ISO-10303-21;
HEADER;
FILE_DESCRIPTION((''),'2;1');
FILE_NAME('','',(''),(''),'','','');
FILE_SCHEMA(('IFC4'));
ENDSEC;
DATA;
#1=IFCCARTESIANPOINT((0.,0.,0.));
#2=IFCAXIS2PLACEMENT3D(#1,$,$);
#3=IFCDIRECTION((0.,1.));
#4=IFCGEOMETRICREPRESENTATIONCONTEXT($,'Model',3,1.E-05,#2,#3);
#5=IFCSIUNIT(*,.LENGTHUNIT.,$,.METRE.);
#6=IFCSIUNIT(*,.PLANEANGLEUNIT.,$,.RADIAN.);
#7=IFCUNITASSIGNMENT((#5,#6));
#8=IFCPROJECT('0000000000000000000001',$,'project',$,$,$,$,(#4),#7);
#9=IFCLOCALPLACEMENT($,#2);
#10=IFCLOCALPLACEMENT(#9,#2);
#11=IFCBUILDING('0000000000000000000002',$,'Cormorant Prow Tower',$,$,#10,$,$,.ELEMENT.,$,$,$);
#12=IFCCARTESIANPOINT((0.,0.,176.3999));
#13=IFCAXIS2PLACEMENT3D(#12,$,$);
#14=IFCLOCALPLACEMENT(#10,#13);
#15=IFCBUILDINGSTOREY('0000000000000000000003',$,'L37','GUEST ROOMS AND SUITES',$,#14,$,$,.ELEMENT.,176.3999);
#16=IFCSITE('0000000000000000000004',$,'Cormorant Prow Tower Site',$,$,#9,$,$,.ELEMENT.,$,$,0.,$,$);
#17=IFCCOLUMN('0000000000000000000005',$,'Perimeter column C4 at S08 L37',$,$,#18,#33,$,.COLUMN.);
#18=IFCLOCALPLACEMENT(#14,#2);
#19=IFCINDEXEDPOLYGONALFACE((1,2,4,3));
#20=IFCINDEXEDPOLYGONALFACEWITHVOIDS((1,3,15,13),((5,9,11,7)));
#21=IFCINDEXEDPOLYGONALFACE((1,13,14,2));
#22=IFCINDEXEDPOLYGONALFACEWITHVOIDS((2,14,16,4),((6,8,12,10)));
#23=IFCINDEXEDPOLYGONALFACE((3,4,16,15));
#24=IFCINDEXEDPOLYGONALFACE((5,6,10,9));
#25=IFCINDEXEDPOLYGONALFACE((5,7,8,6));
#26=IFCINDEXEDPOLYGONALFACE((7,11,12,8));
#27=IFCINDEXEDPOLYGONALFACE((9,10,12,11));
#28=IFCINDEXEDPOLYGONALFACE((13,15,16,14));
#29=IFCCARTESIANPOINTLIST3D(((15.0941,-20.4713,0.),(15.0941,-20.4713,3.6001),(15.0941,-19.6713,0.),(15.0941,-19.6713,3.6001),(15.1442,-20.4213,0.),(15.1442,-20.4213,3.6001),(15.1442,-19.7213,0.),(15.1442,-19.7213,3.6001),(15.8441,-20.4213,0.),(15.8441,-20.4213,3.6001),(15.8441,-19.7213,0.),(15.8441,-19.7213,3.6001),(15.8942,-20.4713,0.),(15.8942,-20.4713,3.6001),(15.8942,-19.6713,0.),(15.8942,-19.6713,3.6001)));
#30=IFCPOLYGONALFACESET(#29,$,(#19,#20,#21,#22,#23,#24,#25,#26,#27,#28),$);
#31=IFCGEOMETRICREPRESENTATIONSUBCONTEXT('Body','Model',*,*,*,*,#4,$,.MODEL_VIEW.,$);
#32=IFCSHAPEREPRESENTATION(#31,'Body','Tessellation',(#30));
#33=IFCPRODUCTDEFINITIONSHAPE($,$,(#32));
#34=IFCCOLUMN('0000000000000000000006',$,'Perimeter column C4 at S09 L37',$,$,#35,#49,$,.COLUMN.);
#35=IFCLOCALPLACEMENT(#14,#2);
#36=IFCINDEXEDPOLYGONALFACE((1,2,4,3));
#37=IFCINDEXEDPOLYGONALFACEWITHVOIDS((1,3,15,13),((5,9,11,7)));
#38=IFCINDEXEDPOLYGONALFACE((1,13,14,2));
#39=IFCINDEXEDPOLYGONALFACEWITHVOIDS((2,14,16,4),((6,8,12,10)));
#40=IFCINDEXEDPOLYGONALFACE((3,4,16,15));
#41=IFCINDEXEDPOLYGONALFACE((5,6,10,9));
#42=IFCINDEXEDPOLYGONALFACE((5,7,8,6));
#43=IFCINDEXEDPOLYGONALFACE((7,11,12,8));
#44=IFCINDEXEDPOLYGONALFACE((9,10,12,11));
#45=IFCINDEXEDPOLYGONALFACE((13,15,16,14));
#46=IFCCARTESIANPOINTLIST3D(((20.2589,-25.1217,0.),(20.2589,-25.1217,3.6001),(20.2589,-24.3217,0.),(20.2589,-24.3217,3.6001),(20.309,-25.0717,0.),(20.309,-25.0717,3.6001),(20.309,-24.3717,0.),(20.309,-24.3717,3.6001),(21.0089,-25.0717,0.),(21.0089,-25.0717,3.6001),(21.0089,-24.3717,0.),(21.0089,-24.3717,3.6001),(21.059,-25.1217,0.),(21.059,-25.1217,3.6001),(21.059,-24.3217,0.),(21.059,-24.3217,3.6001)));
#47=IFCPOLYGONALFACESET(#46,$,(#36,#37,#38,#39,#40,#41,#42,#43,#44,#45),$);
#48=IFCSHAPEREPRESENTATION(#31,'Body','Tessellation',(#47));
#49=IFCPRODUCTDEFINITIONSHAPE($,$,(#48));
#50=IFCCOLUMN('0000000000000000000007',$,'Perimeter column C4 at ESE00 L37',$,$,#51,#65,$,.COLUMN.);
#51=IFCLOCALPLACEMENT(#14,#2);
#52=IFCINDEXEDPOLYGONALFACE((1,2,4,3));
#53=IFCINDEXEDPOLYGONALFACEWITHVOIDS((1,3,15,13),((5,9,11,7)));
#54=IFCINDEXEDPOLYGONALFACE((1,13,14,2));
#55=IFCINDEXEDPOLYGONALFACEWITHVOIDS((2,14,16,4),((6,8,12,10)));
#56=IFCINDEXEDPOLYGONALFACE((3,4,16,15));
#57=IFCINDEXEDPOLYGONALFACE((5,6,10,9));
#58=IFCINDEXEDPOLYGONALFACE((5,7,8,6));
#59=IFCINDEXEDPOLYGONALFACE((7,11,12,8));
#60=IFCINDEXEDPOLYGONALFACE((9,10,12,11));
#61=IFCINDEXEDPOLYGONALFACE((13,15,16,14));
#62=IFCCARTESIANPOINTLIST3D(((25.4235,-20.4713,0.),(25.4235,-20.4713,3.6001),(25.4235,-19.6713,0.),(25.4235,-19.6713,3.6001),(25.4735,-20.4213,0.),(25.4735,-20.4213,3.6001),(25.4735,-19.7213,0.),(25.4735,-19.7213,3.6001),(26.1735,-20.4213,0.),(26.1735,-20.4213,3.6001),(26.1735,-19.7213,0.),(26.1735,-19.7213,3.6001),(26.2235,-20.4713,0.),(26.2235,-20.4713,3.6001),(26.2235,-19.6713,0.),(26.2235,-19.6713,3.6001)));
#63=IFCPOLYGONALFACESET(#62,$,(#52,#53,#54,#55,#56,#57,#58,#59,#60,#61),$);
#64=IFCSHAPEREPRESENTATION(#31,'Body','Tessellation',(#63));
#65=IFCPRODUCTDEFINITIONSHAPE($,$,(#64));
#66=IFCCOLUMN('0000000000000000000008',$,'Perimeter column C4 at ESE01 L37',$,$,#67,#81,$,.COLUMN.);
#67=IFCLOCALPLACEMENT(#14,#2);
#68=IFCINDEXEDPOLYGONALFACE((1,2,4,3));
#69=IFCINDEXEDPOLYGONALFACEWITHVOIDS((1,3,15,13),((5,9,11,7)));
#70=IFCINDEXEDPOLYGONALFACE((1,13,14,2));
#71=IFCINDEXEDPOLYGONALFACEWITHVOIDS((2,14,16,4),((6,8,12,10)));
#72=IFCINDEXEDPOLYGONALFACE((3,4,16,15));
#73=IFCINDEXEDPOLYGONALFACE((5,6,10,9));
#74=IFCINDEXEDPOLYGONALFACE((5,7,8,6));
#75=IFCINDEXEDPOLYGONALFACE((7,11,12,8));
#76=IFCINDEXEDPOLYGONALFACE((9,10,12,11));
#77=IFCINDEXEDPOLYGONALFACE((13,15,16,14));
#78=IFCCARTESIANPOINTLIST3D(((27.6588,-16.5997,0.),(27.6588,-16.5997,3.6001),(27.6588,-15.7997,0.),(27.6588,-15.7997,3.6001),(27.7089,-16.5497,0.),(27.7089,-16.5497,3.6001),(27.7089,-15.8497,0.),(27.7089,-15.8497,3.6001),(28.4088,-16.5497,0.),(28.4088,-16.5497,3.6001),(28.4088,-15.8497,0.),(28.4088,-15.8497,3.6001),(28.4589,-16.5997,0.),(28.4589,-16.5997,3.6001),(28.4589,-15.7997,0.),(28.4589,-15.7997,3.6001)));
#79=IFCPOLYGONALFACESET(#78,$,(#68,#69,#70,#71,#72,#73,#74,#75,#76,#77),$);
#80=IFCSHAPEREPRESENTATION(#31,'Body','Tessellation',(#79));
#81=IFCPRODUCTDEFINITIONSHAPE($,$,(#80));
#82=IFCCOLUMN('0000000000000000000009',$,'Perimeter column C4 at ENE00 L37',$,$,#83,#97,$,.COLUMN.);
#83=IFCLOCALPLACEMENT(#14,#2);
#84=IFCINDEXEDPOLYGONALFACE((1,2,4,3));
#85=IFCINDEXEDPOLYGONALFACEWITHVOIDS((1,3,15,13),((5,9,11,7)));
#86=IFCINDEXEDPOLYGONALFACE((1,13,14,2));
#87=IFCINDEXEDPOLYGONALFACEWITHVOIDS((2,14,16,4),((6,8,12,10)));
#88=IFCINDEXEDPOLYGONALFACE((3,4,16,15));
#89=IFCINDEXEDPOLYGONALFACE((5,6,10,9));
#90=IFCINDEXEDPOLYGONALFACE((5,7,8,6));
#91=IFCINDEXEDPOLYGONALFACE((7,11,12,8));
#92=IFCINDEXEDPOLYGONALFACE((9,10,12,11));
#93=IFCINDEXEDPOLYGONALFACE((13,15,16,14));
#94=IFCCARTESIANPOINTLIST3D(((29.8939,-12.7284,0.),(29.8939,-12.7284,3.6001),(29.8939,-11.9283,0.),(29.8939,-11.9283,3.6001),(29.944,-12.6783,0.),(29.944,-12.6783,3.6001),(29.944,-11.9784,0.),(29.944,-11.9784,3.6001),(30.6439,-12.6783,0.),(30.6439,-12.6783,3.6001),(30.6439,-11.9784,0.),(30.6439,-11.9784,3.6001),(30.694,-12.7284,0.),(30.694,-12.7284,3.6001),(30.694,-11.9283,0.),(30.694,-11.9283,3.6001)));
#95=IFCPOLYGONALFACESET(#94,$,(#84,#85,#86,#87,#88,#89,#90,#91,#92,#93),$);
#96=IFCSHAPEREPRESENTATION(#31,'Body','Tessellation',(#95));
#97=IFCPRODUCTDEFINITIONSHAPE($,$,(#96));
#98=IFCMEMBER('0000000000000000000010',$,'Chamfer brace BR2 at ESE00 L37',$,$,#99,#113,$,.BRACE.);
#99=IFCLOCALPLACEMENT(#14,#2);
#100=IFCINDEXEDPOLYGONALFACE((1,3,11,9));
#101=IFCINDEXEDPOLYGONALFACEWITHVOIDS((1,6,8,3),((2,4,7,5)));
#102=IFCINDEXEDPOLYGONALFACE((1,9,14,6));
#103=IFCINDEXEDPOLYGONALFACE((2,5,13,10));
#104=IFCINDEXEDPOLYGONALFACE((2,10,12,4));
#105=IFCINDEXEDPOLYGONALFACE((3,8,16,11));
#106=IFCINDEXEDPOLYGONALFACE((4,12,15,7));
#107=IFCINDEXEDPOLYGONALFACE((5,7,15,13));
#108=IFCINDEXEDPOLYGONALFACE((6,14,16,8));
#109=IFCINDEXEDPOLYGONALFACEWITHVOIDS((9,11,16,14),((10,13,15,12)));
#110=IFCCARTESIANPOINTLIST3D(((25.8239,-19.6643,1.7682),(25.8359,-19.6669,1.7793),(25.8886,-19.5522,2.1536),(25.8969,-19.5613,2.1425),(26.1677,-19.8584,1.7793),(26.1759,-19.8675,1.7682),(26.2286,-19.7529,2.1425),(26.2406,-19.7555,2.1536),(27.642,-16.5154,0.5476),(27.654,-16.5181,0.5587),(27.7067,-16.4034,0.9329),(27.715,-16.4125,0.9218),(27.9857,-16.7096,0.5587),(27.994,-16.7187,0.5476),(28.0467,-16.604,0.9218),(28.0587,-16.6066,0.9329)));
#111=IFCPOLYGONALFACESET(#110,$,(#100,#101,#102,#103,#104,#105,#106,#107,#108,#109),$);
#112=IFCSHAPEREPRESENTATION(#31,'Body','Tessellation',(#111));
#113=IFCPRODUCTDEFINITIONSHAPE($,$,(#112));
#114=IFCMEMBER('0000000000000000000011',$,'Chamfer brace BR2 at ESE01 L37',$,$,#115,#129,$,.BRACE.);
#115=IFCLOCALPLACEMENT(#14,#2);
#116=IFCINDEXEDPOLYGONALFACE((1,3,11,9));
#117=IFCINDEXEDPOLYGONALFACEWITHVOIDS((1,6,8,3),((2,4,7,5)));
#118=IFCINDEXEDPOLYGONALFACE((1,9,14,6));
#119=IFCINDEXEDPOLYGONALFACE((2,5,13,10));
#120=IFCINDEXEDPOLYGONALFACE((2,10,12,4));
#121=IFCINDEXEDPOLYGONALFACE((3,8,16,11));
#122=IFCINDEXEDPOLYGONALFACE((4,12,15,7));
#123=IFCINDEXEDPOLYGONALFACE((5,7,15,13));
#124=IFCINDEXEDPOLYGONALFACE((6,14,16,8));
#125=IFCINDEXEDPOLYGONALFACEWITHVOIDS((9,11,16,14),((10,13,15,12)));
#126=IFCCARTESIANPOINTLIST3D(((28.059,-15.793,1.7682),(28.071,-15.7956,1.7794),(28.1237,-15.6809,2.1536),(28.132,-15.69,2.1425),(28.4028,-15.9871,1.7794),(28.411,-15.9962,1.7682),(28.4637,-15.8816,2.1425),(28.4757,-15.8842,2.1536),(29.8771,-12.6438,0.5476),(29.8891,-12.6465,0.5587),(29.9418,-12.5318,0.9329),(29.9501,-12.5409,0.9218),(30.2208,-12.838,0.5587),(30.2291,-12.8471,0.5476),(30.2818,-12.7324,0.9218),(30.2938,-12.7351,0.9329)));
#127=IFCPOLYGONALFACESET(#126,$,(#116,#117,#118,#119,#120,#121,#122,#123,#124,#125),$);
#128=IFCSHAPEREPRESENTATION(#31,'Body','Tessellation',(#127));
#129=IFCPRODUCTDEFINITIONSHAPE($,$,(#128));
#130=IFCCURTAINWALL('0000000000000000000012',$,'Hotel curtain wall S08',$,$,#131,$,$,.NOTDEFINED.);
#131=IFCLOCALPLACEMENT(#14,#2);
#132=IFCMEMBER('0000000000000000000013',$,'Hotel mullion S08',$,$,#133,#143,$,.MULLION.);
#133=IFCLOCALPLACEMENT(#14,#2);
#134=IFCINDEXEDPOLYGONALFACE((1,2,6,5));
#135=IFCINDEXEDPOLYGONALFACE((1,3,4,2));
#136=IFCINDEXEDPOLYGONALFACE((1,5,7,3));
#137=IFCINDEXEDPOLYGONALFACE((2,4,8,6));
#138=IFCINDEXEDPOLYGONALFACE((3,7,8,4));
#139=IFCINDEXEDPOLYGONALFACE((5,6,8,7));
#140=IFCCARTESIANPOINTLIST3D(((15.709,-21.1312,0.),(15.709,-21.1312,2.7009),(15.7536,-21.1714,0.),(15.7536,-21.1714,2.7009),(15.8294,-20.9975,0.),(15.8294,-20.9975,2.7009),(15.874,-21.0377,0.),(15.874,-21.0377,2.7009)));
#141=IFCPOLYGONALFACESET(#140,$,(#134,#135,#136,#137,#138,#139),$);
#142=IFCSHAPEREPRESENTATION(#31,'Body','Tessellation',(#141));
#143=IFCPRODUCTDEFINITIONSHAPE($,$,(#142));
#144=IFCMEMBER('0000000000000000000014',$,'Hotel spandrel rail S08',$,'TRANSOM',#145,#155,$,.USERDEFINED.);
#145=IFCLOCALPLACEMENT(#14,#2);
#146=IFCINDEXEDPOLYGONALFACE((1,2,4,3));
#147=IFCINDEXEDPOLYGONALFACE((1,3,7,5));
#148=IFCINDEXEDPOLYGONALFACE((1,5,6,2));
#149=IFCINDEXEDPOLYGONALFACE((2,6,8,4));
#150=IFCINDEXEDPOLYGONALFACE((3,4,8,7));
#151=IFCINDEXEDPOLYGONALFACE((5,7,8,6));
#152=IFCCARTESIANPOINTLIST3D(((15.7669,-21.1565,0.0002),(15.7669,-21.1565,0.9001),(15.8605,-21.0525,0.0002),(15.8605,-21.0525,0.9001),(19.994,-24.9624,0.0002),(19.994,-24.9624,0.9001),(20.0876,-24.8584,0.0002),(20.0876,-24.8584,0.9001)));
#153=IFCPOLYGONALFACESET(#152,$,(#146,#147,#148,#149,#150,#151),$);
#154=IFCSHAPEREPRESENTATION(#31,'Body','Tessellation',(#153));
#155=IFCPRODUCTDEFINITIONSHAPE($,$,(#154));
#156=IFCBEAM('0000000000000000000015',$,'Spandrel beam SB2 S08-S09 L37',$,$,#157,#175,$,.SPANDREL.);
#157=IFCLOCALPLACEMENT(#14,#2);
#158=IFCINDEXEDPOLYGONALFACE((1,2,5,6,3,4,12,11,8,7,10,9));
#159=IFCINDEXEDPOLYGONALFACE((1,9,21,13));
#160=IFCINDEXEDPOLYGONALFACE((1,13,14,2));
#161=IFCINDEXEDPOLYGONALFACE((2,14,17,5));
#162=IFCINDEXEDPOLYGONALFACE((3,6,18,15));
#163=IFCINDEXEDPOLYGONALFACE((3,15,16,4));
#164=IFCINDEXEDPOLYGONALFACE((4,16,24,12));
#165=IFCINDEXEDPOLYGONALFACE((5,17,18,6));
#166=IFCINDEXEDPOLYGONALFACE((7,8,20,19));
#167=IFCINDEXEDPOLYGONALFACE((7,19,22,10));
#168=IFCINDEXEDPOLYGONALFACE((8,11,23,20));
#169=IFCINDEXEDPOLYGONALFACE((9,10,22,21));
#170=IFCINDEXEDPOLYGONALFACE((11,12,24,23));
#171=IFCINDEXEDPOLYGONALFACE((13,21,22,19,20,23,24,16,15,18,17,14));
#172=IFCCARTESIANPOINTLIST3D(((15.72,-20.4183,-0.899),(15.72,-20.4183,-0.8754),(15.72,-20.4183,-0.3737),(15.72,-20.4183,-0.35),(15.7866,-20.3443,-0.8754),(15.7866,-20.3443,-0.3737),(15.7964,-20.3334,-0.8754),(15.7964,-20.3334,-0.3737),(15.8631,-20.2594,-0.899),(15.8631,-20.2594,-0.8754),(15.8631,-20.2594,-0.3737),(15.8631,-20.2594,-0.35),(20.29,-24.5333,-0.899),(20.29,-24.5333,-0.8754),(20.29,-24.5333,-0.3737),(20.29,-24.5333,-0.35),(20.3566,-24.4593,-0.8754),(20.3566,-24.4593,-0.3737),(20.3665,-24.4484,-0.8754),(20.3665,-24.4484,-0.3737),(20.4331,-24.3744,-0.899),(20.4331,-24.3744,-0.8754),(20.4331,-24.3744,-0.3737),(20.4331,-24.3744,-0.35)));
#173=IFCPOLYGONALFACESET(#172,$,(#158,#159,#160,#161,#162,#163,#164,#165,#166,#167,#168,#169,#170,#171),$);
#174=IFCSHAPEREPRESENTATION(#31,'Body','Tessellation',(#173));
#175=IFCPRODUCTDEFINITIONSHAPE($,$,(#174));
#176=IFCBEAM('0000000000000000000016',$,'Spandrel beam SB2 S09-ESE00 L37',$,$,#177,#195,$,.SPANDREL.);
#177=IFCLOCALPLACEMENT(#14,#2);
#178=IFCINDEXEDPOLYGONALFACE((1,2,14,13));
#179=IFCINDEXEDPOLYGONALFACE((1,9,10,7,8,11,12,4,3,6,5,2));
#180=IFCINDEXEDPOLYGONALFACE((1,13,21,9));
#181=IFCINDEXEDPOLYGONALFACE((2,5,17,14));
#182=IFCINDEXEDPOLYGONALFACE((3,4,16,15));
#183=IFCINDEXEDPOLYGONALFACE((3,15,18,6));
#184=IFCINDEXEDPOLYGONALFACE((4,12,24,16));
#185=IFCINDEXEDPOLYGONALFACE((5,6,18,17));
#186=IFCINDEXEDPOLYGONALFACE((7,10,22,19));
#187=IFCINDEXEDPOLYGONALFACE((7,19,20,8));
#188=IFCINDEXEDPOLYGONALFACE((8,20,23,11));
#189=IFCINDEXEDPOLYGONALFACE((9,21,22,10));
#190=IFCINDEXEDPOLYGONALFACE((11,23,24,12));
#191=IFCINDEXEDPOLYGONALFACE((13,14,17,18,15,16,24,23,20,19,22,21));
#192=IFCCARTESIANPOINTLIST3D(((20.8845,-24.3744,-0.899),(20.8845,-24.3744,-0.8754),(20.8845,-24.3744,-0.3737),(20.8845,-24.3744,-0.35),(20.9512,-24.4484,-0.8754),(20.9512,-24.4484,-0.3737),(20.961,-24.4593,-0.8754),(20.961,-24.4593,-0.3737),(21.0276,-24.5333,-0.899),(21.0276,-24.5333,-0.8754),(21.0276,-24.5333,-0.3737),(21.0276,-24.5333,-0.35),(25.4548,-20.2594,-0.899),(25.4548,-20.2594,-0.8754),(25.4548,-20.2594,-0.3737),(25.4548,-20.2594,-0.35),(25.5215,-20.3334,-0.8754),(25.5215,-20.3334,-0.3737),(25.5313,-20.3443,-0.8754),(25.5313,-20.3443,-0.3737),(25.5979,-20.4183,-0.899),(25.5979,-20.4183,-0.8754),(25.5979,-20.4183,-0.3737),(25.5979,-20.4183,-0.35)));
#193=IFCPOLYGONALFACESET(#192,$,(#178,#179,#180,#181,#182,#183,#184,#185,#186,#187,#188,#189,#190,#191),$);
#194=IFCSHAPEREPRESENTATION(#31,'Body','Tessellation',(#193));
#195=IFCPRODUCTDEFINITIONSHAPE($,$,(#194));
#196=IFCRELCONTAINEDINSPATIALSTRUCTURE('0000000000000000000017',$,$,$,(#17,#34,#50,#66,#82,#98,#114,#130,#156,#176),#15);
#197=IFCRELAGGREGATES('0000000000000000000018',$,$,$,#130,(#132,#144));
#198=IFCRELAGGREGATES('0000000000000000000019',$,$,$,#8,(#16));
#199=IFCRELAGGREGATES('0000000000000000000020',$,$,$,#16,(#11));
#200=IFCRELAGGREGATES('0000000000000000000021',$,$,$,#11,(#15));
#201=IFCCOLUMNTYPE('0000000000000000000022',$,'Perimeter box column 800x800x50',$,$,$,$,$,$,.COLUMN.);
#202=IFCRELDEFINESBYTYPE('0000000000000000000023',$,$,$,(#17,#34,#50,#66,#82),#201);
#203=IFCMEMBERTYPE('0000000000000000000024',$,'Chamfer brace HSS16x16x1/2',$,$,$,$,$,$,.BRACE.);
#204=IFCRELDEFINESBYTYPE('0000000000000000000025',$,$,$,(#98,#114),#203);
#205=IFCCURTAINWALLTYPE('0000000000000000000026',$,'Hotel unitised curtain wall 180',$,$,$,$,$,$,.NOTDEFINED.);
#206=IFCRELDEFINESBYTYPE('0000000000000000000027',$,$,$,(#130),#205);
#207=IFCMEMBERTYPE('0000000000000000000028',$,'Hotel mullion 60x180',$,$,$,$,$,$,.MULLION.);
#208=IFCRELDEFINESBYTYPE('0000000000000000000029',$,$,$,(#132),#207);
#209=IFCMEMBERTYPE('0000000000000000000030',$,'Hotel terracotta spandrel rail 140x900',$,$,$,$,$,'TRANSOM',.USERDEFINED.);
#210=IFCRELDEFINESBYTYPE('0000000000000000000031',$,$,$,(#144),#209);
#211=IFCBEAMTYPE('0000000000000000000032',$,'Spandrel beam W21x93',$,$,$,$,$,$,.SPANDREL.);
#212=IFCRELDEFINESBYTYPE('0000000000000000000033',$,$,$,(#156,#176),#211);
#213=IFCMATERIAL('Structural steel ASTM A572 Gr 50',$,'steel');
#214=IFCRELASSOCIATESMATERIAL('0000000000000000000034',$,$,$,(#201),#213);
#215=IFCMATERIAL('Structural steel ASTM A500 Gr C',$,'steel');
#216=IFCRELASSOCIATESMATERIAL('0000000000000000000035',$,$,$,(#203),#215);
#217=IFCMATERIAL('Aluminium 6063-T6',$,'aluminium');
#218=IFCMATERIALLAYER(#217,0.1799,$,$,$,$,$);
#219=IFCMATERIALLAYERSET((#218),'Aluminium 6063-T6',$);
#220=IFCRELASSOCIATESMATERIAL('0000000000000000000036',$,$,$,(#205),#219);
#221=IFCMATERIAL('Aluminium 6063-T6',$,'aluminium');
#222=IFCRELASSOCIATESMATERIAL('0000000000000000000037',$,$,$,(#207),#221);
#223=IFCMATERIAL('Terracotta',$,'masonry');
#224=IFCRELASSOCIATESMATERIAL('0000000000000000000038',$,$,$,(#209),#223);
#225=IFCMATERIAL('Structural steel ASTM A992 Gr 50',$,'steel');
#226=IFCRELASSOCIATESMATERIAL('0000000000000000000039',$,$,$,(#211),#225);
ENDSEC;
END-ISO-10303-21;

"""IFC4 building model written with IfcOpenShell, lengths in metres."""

from ifc_helpers import new_model, si_unit, direction, frame, origin, origin_2d, place, context, subcontext, project, spatial, rectangle, hollow_rectangle, i_section, extrude, material, layer, layer_set, material_profile, profile_set, type_object, element, aggregate, save


model = new_model("IFC4")

# Units and contexts
model_context = context("Model", 3, precision=1e-05, world=origin(), true_north=direction((0.0, 1.0)))
body_context = subcontext(model_context, "Body", "Model", "MODEL_VIEW")
ifc_project = project(units=[si_unit("LENGTHUNIT", "METRE"), si_unit("PLANEANGLEUNIT", "RADIAN")], contexts=[model_context])

# Site, building, storey
site_placement = place(None, origin())
site = spatial("IfcSite", under=ifc_project, at=site_placement, Name="Cormorant Prow Tower Site", CompositionType="ELEMENT", RefElevation=0.0)
building_placement = place(site_placement, origin())
building = spatial("IfcBuilding", under=site, at=building_placement, Name="Cormorant Prow Tower", CompositionType="ELEMENT")
storey_placement = place(building_placement, frame((0.0, 0.0, 176.3999)))
storey = spatial("IfcBuildingStorey", under=building, at=storey_placement, Name="L37", Description="GUEST ROOMS AND SUITES", CompositionType="ELEMENT", Elevation=176.3999)

# Columns
ifc_material_1 = material(Name="Structural steel ASTM A572 Gr 50", Category="steel")
ifc_material_profile_1 = material_profile(ifc_material_1, hollow_rectangle(XDim=0.8, YDim=0.8, WallThickness=0.05, at=origin_2d()), Name="Box 800x800x50")
ifc_profile_set_1 = profile_set([ifc_material_profile_1], Name="Structural steel ASTM A572 Gr 50")
column_type = type_object("IfcColumnType", Name="Perimeter box column 800x800x50", PredefinedType="COLUMN", material=ifc_profile_set_1)
for number, where, z_axis, x_axis, name in (
    (1, (15.4941, -20.0713, 0.0), (0.0, 0.0, 1.0), (1.0, 0.0, 0.0), "Perimeter column C4 at S08 L37"),
    (2, (20.6589, -24.7217, 0.0), (0.0, 0.0, 1.0), (1.0, 0.0, 0.0), "Perimeter column C4 at S09 L37"),
    (3, (25.8235, -20.0713, 0.0), (0.0, 0.0, 1.0), (1.0, 0.0, 0.0), "Perimeter column C4 at ESE00 L37"),
    (4, (28.0588, -16.1997, 0.0), (0.0, 0.0, 1.0), (1.0, 0.0, 0.0), "Perimeter column C4 at ESE01 L37"),
    (5, (30.2939, -12.3284, 0.0), (0.0, 0.0, 1.0), (1.0, 0.0, 0.0), "Perimeter column C4 at ENE00 L37"),
):
    element("IfcColumn", number, at=place(storey_placement, frame(where, z_axis=z_axis, x_axis=x_axis)), inside=storey, type_object=column_type, Name=name, PredefinedType="COLUMN", context=body_context, shape_type="SweptSolid", body=[
        extrude(hollow_rectangle(XDim=0.8, YDim=0.8, WallThickness=0.05, at=origin_2d()), origin(), (0.0, 0.0, 1.0), 3.6001),
    ])

# Members
ifc_material_2 = material(Name="Structural steel ASTM A500 Gr C", Category="steel")
ifc_material_profile_2 = material_profile(ifc_material_2, hollow_rectangle(XDim=0.4065, YDim=0.4065, WallThickness=0.0117, at=origin_2d()), Name="HSS16x16x1/2")
ifc_profile_set_2 = profile_set([ifc_material_profile_2], Name="Structural steel ASTM A500 Gr C")
member_type_1 = type_object("IfcMemberType", Name="Chamfer brace HSS16x16x1/2", PredefinedType="BRACE", material=ifc_profile_set_2)
member_1_placement = place(storey_placement, frame((27.8503, -16.561, 0.7402), z_axis=(-0.474018, -0.820986, 0.318261), x_axis=(0.866016, -0.500017, 0.0)))
element("IfcMember", 6, at=member_1_placement, inside=storey, type_object=member_type_1, Name="Chamfer brace BR2 at ESE00 L37", PredefinedType="BRACE", context=body_context, shape_type="SweptSolid", body=[
    extrude(hollow_rectangle(XDim=0.4065, YDim=0.4065, WallThickness=0.0117, at=origin_2d()), origin(), (0.0, 0.0, 1.0), 3.8354),
])
member_2_placement = place(storey_placement, frame((30.0854, -12.6895, 0.7402), z_axis=(-0.473993, -0.821006, 0.318244), x_axis=(0.866032, -0.499988, 0.0)))
element("IfcMember", 7, at=member_2_placement, inside=storey, type_object=member_type_1, Name="Chamfer brace BR2 at ESE01 L37", PredefinedType="BRACE", context=body_context, shape_type="SweptSolid", body=[
    extrude(hollow_rectangle(XDim=0.4065, YDim=0.4065, WallThickness=0.0117, at=origin_2d()), origin(), (0.0, 0.0, 1.0), 3.8357),
])

# Curtain wall, members
ifc_material_3 = material(Name="Aluminium 6063-T6", Category="aluminium")
ifc_layer_1 = layer(ifc_material_3, 0.1799)
ifc_layer_set_1 = layer_set([ifc_layer_1], Name="Aluminium 6063-T6")
curtain_wall_type = type_object("IfcCurtainWallType", Name="Hotel unitised curtain wall 180", PredefinedType="NOTDEFINED", material=ifc_layer_set_1)
curtain_wall_placement = place(storey_placement, origin())
curtain_wall = element("IfcCurtainWall", 8, at=curtain_wall_placement, inside=storey, type_object=curtain_wall_type, Name="Hotel curtain wall S08", PredefinedType="NOTDEFINED")
ifc_material_4 = material(Name="Aluminium 6063-T6", Category="aluminium")
ifc_material_profile_3 = material_profile(ifc_material_4, rectangle(XDim=0.1799, YDim=0.0601, at=origin_2d()), Name="Hotel mullion 60x180")
ifc_profile_set_3 = profile_set([ifc_material_profile_3], Name="Aluminium 6063-T6")
member_type_2 = type_object("IfcMemberType", Name="Hotel mullion 60x180", PredefinedType="MULLION", material=ifc_profile_set_3)
member_3_placement = place(storey_placement, frame((15.7915, -21.0845, 0.0), z_axis=(0.0, 0.0, 1.0), x_axis=(0.669131, 0.743145, 0.0)))
member_3 = element("IfcMember", 9, at=member_3_placement, type_object=member_type_2, Name="Hotel mullion S08", PredefinedType="MULLION", context=body_context, shape_type="SweptSolid", body=[
    extrude(rectangle(XDim=0.1799, YDim=0.0601, at=origin_2d()), origin(), (0.0, 0.0, 1.0), 2.7009),
])
ifc_material_5 = material(Name="Terracotta", Category="masonry")
ifc_material_profile_4 = material_profile(ifc_material_5, rectangle(XDim=0.1399, YDim=0.8999, at=origin_2d()), Name="Hotel terracotta spandrel rail 140x900")
ifc_profile_set_4 = profile_set([ifc_material_profile_4], Name="Terracotta")
member_type_3 = type_object("IfcMemberType", Name="Hotel terracotta spandrel rail 140x900", ElementType="TRANSOM", PredefinedType="USERDEFINED", material=ifc_profile_set_4)
member_4_placement = place(storey_placement, frame((15.8137, -21.1045, 0.4502), z_axis=(0.743158, -0.669116, 0.0), x_axis=(0.669116, 0.743158, 0.0)))
member_4 = element("IfcMember", 10, at=member_4_placement, type_object=member_type_3, Name="Hotel spandrel rail S08", ObjectType="TRANSOM", PredefinedType="USERDEFINED", context=body_context, shape_type="SweptSolid", body=[
    extrude(rectangle(XDim=0.1399, YDim=0.8999, at=origin_2d()), origin(), (0.0, 0.0, 1.0), 5.688),
])

# Beams
ifc_material_6 = material(Name="Structural steel ASTM A992 Gr 50", Category="steel")
ifc_material_profile_5 = material_profile(ifc_material_6, i_section(OverallWidth=0.2139, OverallDepth=0.5491, WebThickness=0.0146, FlangeThickness=0.0237, at=origin_2d()), Name="W21x93")
ifc_profile_set_5 = profile_set([ifc_material_profile_5], Name="Structural steel ASTM A992 Gr 50")
beam_type = type_object("IfcBeamType", Name="Spandrel beam W21x93", PredefinedType="SPANDREL", material=ifc_profile_set_5)
beam_1_placement = place(storey_placement, frame((15.7915, -20.3389, -0.6245), z_axis=(0.743138, -0.669138, 0.0), x_axis=(0.669138, 0.743138, 0.0)))
element("IfcBeam", 11, at=beam_1_placement, inside=storey, type_object=beam_type, Name="Spandrel beam SB2 S08-S09 L37", PredefinedType="SPANDREL", context=body_context, shape_type="SweptSolid", body=[
    extrude(i_section(OverallWidth=0.2139, OverallDepth=0.5491, WebThickness=0.0146, FlangeThickness=0.0237, at=origin_2d()), origin(), (0.0, 0.0, 1.0), 6.1497),
])
beam_2_placement = place(storey_placement, frame((20.9561, -24.4539, -0.6245), z_axis=(0.743156, 0.669118, 0.0), x_axis=(-0.669118, 0.743156, 0.0)))
element("IfcBeam", 12, at=beam_2_placement, inside=storey, type_object=beam_type, Name="Spandrel beam SB2 S09-ESE00 L37", PredefinedType="SPANDREL", context=body_context, shape_type="SweptSolid", body=[
    extrude(i_section(OverallWidth=0.2139, OverallDepth=0.5491, WebThickness=0.0146, FlangeThickness=0.0237, at=origin_2d()), origin(), (0.0, 0.0, 1.0), 6.1499),
])

aggregate(curtain_wall, [member_3, member_4])

save(model, "model.ifc")
